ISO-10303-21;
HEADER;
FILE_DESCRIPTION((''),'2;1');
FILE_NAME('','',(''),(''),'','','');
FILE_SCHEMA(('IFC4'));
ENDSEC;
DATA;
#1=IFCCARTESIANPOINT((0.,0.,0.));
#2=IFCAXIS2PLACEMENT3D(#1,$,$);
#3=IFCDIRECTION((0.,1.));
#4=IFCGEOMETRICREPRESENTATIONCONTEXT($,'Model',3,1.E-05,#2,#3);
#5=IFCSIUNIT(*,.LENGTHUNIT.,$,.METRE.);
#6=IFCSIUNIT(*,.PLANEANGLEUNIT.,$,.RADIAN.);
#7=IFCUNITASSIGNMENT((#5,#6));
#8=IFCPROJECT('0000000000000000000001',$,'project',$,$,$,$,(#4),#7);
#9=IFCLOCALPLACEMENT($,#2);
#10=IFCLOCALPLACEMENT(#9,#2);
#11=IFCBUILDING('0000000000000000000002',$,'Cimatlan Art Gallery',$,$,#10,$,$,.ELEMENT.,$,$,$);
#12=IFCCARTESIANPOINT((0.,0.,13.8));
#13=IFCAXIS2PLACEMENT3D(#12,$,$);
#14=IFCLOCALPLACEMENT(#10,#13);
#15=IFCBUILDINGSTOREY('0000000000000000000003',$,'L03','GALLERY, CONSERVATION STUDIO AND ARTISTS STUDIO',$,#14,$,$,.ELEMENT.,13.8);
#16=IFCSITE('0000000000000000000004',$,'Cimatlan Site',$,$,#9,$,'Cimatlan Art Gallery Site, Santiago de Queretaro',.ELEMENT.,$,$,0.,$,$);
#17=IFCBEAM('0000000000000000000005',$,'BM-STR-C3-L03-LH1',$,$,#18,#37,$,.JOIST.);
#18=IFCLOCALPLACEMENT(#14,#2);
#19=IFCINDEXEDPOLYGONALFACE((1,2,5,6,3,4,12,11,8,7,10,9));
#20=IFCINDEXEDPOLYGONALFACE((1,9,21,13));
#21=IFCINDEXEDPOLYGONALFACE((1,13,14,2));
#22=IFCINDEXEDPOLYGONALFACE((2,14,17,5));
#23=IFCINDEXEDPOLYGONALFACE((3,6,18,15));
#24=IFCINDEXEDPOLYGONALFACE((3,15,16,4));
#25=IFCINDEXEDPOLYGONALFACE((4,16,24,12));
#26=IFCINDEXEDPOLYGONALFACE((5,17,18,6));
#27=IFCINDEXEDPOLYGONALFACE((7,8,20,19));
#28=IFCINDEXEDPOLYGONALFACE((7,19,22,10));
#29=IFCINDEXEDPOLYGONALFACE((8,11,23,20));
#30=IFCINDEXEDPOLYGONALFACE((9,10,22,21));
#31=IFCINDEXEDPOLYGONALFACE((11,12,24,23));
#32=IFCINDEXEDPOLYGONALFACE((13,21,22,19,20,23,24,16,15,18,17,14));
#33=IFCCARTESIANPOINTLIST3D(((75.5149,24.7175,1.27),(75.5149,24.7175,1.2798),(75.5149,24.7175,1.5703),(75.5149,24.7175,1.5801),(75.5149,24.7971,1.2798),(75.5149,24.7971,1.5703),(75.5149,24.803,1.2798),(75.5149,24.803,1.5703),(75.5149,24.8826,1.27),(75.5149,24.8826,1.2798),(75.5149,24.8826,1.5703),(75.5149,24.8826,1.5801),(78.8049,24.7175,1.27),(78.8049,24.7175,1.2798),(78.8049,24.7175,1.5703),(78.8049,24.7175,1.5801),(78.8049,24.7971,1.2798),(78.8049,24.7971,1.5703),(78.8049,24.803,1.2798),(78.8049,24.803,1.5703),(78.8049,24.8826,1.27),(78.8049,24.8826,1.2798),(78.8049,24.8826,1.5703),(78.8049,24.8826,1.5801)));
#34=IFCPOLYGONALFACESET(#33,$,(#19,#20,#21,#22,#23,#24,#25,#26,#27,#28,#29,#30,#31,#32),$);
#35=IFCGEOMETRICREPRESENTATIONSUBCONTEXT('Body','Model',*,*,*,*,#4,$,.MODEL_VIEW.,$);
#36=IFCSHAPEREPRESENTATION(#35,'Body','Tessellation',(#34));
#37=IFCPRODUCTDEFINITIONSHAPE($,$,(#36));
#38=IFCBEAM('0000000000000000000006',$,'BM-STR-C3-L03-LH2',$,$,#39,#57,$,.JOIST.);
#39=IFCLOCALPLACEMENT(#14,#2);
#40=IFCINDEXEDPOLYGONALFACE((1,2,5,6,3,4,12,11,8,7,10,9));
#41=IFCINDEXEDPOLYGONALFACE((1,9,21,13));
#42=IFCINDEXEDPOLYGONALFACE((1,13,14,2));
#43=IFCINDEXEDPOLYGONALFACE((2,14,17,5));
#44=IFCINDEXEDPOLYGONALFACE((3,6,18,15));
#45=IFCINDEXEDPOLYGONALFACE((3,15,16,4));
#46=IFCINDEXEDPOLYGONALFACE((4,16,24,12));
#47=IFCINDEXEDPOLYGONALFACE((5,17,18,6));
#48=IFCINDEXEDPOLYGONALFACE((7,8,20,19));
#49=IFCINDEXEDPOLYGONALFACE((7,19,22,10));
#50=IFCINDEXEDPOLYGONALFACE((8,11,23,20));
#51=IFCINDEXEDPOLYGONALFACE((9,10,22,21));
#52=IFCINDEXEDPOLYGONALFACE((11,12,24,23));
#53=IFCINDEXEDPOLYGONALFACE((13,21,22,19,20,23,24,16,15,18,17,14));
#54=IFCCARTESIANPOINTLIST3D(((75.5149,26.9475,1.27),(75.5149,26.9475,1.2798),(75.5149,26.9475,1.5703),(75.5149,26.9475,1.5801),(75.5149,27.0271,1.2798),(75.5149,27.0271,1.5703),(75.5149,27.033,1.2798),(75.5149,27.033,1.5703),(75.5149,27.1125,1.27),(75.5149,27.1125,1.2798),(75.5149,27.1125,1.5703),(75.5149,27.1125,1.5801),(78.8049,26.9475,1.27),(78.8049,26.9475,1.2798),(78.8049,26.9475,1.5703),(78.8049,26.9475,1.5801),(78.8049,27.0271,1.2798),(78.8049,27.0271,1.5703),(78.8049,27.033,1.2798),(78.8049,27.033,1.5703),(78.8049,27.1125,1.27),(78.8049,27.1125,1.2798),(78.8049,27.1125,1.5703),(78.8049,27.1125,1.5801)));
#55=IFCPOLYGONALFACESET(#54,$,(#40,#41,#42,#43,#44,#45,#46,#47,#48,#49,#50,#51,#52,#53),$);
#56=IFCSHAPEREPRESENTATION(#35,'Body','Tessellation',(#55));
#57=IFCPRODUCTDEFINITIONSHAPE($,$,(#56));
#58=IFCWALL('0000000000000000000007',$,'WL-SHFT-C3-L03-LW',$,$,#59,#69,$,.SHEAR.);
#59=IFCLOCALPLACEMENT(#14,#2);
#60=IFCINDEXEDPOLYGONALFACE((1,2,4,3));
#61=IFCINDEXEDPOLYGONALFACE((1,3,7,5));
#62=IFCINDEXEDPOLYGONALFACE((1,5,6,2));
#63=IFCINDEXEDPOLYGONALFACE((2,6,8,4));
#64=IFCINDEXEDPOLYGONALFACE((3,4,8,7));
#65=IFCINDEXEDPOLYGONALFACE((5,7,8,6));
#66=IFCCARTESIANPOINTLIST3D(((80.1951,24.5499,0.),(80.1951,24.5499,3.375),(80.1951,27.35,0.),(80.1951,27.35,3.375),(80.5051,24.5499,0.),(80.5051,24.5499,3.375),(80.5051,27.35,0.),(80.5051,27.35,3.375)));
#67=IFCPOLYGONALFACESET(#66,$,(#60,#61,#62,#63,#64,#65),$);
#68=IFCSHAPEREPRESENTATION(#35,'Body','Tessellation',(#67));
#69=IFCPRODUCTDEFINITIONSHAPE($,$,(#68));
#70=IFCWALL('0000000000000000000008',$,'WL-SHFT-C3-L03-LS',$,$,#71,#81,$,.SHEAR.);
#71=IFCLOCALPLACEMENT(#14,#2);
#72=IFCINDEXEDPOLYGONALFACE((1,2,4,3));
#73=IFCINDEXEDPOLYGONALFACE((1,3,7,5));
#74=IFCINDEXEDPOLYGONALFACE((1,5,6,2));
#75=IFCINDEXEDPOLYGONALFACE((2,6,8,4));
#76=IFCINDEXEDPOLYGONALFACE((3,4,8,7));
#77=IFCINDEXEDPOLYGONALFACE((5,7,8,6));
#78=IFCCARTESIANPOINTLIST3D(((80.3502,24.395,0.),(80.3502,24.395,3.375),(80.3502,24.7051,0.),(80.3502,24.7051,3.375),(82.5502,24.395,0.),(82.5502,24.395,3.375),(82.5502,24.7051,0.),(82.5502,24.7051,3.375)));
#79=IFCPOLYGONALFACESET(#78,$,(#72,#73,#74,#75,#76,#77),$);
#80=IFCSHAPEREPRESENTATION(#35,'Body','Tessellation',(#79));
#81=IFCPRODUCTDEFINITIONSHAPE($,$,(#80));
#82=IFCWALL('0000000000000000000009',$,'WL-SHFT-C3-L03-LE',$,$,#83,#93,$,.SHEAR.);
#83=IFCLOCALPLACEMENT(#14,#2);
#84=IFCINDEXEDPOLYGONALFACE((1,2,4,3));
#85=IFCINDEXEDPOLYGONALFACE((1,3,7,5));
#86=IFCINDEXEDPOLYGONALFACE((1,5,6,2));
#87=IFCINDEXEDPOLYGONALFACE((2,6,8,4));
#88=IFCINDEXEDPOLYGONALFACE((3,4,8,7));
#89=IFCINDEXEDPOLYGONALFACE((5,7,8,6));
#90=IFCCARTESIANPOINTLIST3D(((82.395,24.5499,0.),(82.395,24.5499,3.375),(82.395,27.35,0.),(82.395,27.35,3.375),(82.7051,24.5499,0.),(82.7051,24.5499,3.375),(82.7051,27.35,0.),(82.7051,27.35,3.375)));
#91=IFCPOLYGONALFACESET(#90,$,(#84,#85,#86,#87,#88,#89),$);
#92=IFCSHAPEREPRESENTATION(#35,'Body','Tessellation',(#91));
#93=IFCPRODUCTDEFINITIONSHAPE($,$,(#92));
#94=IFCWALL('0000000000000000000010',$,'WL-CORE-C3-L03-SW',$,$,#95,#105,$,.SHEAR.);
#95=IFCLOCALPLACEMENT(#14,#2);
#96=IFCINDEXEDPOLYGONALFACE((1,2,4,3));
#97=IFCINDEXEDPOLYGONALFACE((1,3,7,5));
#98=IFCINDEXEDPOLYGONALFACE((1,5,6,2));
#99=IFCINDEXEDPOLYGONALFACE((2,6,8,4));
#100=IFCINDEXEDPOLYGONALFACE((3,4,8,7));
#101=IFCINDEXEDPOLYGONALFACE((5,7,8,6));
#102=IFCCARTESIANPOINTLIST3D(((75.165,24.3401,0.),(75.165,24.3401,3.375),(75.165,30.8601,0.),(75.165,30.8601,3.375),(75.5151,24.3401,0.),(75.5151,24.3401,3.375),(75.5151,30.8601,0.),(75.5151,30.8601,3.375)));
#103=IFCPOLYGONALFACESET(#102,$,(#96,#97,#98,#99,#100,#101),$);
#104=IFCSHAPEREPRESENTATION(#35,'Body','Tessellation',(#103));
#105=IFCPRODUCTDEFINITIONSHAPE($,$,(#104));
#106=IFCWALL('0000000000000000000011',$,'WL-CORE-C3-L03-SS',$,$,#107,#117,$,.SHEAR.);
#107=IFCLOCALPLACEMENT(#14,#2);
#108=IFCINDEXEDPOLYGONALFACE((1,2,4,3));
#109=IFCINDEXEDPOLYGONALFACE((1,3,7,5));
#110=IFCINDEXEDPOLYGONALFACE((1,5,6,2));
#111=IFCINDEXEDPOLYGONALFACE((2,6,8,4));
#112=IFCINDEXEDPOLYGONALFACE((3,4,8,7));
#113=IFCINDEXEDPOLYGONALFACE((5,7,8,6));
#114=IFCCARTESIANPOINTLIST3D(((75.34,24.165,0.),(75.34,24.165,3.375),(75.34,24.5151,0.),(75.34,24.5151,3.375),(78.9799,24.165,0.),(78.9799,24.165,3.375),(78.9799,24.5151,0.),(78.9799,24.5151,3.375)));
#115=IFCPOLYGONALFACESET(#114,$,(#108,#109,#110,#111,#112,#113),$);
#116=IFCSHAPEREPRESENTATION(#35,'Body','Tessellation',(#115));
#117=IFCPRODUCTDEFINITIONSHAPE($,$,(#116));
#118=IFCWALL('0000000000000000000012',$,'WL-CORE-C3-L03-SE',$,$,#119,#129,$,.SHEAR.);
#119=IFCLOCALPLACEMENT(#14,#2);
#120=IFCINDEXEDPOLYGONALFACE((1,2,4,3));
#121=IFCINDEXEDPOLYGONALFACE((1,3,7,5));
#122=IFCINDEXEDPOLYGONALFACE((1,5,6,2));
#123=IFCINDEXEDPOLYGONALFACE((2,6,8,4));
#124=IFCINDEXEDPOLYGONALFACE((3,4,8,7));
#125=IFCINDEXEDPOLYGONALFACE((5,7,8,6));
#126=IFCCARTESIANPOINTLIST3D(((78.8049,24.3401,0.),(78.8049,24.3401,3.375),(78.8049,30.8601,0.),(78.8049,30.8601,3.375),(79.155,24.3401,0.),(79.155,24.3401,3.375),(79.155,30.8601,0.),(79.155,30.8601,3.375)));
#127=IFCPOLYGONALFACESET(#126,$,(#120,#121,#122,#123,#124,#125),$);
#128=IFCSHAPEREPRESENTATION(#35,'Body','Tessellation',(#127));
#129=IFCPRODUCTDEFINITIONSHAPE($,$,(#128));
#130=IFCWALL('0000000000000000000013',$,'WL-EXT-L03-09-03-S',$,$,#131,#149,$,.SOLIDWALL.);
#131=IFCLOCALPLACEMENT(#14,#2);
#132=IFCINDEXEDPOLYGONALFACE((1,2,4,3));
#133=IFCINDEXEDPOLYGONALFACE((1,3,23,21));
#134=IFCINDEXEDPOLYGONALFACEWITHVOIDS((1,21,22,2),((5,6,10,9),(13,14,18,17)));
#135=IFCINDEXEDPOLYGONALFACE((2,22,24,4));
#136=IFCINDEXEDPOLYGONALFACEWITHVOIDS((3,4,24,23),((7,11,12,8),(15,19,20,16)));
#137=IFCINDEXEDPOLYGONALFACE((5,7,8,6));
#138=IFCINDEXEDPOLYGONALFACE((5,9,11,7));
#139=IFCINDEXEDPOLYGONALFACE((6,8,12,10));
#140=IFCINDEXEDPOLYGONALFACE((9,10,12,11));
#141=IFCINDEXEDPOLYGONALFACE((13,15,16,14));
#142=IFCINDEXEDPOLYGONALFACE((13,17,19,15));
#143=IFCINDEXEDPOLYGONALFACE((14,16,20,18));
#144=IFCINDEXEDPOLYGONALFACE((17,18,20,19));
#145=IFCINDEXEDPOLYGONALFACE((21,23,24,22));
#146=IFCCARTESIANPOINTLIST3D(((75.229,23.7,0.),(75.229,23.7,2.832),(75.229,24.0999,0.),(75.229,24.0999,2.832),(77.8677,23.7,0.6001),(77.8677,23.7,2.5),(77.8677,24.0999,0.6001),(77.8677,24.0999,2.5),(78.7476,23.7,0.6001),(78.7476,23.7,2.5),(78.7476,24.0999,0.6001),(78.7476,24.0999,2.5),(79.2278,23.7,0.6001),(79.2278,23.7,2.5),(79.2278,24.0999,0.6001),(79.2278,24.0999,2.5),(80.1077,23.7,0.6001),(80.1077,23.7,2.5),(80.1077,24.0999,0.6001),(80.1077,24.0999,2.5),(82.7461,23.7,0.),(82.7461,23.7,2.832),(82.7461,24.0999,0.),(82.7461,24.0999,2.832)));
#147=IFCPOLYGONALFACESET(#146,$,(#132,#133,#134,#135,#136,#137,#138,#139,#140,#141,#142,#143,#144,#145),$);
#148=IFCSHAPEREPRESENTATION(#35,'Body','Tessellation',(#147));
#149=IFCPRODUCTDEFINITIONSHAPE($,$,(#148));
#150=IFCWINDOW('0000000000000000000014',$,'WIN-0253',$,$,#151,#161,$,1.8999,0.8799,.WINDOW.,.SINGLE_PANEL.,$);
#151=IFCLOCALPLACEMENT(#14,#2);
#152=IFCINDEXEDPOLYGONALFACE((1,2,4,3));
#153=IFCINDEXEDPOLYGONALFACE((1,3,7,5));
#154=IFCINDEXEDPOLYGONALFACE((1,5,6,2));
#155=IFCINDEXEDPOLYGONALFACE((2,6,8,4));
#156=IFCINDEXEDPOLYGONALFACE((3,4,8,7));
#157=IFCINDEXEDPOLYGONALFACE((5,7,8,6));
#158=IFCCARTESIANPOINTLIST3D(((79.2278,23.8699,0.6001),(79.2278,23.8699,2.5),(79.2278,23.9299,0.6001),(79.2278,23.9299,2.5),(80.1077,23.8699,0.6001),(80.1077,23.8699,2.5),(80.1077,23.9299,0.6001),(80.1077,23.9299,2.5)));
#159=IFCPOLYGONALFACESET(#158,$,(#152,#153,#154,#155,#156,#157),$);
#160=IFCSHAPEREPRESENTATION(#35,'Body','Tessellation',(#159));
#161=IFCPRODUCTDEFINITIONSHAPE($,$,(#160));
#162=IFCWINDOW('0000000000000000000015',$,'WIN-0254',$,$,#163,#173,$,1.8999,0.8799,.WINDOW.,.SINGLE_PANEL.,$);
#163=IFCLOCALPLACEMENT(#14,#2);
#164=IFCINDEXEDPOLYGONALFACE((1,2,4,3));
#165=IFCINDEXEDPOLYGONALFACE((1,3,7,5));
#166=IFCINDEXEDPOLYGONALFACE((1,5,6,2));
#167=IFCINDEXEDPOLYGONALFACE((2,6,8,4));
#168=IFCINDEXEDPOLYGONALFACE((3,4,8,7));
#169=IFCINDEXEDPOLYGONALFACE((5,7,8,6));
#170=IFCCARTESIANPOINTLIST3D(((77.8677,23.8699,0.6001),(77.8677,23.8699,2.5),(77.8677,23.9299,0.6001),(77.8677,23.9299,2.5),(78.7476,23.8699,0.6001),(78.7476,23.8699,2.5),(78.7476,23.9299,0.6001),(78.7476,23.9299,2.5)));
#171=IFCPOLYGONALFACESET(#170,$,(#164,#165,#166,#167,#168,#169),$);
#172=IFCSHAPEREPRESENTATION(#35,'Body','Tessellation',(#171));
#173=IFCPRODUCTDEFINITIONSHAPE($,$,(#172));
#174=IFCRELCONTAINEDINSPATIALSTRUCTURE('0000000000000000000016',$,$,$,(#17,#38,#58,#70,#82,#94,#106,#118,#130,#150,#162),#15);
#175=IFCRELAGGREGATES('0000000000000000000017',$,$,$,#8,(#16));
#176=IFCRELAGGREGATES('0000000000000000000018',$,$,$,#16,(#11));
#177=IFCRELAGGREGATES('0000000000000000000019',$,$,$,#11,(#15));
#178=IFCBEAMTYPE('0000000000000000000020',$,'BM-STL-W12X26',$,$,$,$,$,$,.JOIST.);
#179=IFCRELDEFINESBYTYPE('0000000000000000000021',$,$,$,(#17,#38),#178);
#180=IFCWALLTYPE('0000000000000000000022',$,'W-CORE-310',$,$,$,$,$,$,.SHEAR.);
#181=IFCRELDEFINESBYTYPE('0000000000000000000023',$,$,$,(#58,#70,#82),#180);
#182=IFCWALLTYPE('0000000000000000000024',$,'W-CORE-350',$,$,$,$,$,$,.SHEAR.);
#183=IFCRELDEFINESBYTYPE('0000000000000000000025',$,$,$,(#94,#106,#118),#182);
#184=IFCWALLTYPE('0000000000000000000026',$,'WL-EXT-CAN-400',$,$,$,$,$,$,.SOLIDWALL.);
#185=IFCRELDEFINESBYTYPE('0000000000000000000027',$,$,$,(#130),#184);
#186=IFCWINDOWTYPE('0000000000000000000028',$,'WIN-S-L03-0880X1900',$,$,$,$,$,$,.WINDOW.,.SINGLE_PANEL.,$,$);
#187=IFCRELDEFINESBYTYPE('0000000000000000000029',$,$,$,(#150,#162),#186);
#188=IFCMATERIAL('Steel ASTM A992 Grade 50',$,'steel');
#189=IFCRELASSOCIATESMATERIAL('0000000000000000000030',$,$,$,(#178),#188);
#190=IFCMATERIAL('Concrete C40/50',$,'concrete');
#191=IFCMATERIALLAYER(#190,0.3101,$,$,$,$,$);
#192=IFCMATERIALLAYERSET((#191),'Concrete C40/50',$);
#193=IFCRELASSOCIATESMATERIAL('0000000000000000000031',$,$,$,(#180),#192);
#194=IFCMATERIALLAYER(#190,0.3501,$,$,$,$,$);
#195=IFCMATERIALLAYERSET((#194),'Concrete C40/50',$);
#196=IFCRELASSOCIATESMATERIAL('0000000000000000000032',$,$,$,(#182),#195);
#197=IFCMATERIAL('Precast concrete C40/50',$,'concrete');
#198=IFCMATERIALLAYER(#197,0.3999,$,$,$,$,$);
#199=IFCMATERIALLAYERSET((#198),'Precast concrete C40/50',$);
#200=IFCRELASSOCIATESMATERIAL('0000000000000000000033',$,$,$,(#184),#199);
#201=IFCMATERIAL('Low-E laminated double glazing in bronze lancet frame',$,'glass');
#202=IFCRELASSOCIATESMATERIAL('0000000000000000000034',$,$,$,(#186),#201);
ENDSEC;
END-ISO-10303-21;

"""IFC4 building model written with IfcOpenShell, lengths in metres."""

from ifc_helpers import new_model, si_unit, direction, frame, frame_2d, origin, origin_2d, place, context, subcontext, project, spatial, rectangle, i_section, extrude, material, layer, layer_set, material_profile, profile_set, type_object, element, fill, save


model = new_model("IFC4")

# Units and contexts
model_context = context("Model", 3, precision=1e-05, world=origin(), true_north=direction((0.0, 1.0)))
body_context = subcontext(model_context, "Body", "Model", "MODEL_VIEW")
ifc_project = project(units=[si_unit("LENGTHUNIT", "METRE"), si_unit("PLANEANGLEUNIT", "RADIAN")], contexts=[model_context])

# Site, building, storey
site_placement = place(None, origin())
site = spatial("IfcSite", under=ifc_project, at=site_placement, Name="Cimatlan Site", LongName="Cimatlan Art Gallery Site, Santiago de Queretaro", CompositionType="ELEMENT", RefElevation=0.0)
building_placement = place(site_placement, origin())
building = spatial("IfcBuilding", under=site, at=building_placement, Name="Cimatlan Art Gallery", CompositionType="ELEMENT")
storey_placement = place(building_placement, frame((0.0, 0.0, 13.8)))
storey = spatial("IfcBuildingStorey", under=building, at=storey_placement, Name="L03", Description="GALLERY, CONSERVATION STUDIO AND ARTISTS STUDIO", CompositionType="ELEMENT", Elevation=13.8)

# Beams
ifc_material_1 = material(Name="Steel ASTM A992 Grade 50", Category="steel")
ifc_material_profile = material_profile(ifc_material_1, i_section(OverallWidth=0.165, OverallDepth=0.3101, WebThickness=0.0059, FlangeThickness=0.0098, at=origin_2d()), Name="W12X26")
ifc_profile_set = profile_set([ifc_material_profile], Name="Steel ASTM A992 Grade 50")
beam_type = type_object("IfcBeamType", Name="BM-STL-W12X26", PredefinedType="JOIST", material=ifc_profile_set)
for number, where, z_axis, x_axis, name in (
    (1, (75.5149, 24.8, 1.425), (1.0, 0.0, 0.0), (0.0, 1.0, 0.0), "BM-STR-C3-L03-LH1"),
    (2, (75.5149, 27.03, 1.425), (1.0, 0.0, 0.0), (0.0, 1.0, 0.0), "BM-STR-C3-L03-LH2"),
):
    element("IfcBeam", number, at=place(storey_placement, frame(where, z_axis=z_axis, x_axis=x_axis)), inside=storey, type_object=beam_type, Name=name, PredefinedType="JOIST", context=body_context, shape_type="SweptSolid", body=[
        extrude(i_section(OverallWidth=0.165, OverallDepth=0.3101, WebThickness=0.0059, FlangeThickness=0.0098, at=origin_2d()), origin(), (0.0, 0.0, 1.0), 3.29),
    ])

# Walls
ifc_material_2 = material(Name="Concrete C40/50", Category="concrete")
ifc_layer_1 = layer(ifc_material_2, 0.3101)
ifc_layer_set_1 = layer_set([ifc_layer_1], Name="Concrete C40/50")
wall_type_1 = type_object("IfcWallType", Name="W-CORE-310", PredefinedType="SHEAR", material=ifc_layer_set_1)
wall_1_placement = place(storey_placement, frame((80.3501, 24.55, 0.0), z_axis=(0.0, 0.0, 1.0), x_axis=(0.0, 1.0, 0.0)))
element("IfcWall", 3, at=wall_1_placement, inside=storey, type_object=wall_type_1, Name="WL-SHFT-C3-L03-LW", PredefinedType="SHEAR", context=body_context, shape_type="SweptSolid", body=[
    extrude(rectangle(XDim=2.8, YDim=0.3101, at=frame_2d((1.3999, 0.0))), origin(), (0.0, 0.0, 1.0), 3.375),
])
wall_2_placement = place(storey_placement, frame((80.3501, 24.55, 0.0), z_axis=(0.0, 0.0, 1.0), x_axis=(1.0, 0.0, 0.0)))
element("IfcWall", 4, at=wall_2_placement, inside=storey, type_object=wall_type_1, Name="WL-SHFT-C3-L03-LS", PredefinedType="SHEAR", context=body_context, shape_type="SweptSolid", body=[
    extrude(rectangle(XDim=2.2, YDim=0.3101, at=frame_2d((1.1001, 0.0))), origin(), (0.0, 0.0, 1.0), 3.375),
])
wall_3_placement = place(storey_placement, frame((82.55, 24.55, 0.0), z_axis=(0.0, 0.0, 1.0), x_axis=(0.0, 1.0, 0.0)))
element("IfcWall", 5, at=wall_3_placement, inside=storey, type_object=wall_type_1, Name="WL-SHFT-C3-L03-LE", PredefinedType="SHEAR", context=body_context, shape_type="SweptSolid", body=[
    extrude(rectangle(XDim=2.8, YDim=0.3101, at=frame_2d((1.3999, 0.0))), origin(), (0.0, 0.0, 1.0), 3.375),
])

# Walls
ifc_layer_2 = layer(ifc_material_2, 0.3501)
ifc_layer_set_2 = layer_set([ifc_layer_2], Name="Concrete C40/50")
wall_type_2 = type_object("IfcWallType", Name="W-CORE-350", PredefinedType="SHEAR", material=ifc_layer_set_2)
wall_4_placement = place(storey_placement, frame((75.3401, 24.3401, 0.0), z_axis=(0.0, 0.0, 1.0), x_axis=(0.0, 1.0, 0.0)))
element("IfcWall", 6, at=wall_4_placement, inside=storey, type_object=wall_type_2, Name="WL-CORE-C3-L03-SW", PredefinedType="SHEAR", context=body_context, shape_type="SweptSolid", body=[
    extrude(rectangle(XDim=6.52, YDim=0.3501, at=frame_2d((3.26, 0.0))), origin(), (0.0, 0.0, 1.0), 3.375),
])
wall_5_placement = place(storey_placement, frame((75.3401, 24.3401, 0.0), z_axis=(0.0, 0.0, 1.0), x_axis=(1.0, 0.0, 0.0)))
element("IfcWall", 7, at=wall_5_placement, inside=storey, type_object=wall_type_2, Name="WL-CORE-C3-L03-SS", PredefinedType="SHEAR", context=body_context, shape_type="SweptSolid", body=[
    extrude(rectangle(XDim=3.6399, YDim=0.3501, at=frame_2d((1.8198, 0.0))), origin(), (0.0, 0.0, 1.0), 3.375),
])
wall_6_placement = place(storey_placement, frame((78.98, 24.3401, 0.0), z_axis=(0.0, 0.0, 1.0), x_axis=(0.0, 1.0, 0.0)))
element("IfcWall", 8, at=wall_6_placement, inside=storey, type_object=wall_type_2, Name="WL-CORE-C3-L03-SE", PredefinedType="SHEAR", context=body_context, shape_type="SweptSolid", body=[
    extrude(rectangle(XDim=6.52, YDim=0.3501, at=frame_2d((3.26, 0.0))), origin(), (0.0, 0.0, 1.0), 3.375),
])

# Wall, openings, windows
ifc_material_3 = material(Name="Precast concrete C40/50", Category="concrete")
ifc_layer_3 = layer(ifc_material_3, 0.3999)
ifc_layer_set_3 = layer_set([ifc_layer_3], Name="Precast concrete C40/50")
wall_type_3 = type_object("IfcWallType", Name="WL-EXT-CAN-400", PredefinedType="SOLIDWALL", material=ifc_layer_set_3)
wall_7_placement = place(storey_placement, frame((82.7461, 23.8999, 0.0), z_axis=(0.0, 0.0, 1.0), x_axis=(-1.0, 0.0, 0.0)))
wall_7 = element("IfcWall", 9, at=wall_7_placement, inside=storey, type_object=wall_type_3, Name="WL-EXT-L03-09-03-S", PredefinedType="SOLIDWALL", context=body_context, shape_type="SweptSolid", body=[
    extrude(rectangle(XDim=7.5171, YDim=0.3999, at=frame_2d((3.7585, 0.0))), origin(), (0.0, 0.0, 1.0), 2.832),
])
opening_1_placement = place(wall_7_placement, frame((2.6384, 0.0, 0.6001)))
opening_1 = element("IfcOpeningElement", 10, at=opening_1_placement, cuts=wall_7, PredefinedType="OPENING", context=body_context, shape_type="SweptSolid", body=[
    extrude(rectangle(XDim=0.8799, YDim=1.8999, at=frame_2d((0.4399, 0.95))), frame((0.0, 0.21, 0.0), z_axis=(0.0, -1.0, 0.0), x_axis=(1.0, 0.0, 0.0)), (0.0, 0.0, 1.0), 0.4199),
])
opening_2_placement = place(wall_7_placement, frame((3.9985, 0.0, 0.6001)))
opening_2 = element("IfcOpeningElement", 11, at=opening_2_placement, cuts=wall_7, PredefinedType="OPENING", context=body_context, shape_type="SweptSolid", body=[
    extrude(rectangle(XDim=0.8799, YDim=1.8999, at=frame_2d((0.4399, 0.95))), frame((0.0, 0.21, 0.0), z_axis=(0.0, -1.0, 0.0), x_axis=(1.0, 0.0, 0.0)), (0.0, 0.0, 1.0), 0.4199),
])
ifc_material_4 = material(Name="Low-E laminated double glazing in bronze lancet frame", Category="glass")
window_type = type_object("IfcWindowType", Name="WIN-S-L03-0880X1900", PartitioningType="SINGLE_PANEL", PredefinedType="WINDOW", material=ifc_material_4)
window_1_placement = place(opening_1_placement, origin())
window_1 = element("IfcWindow", 12, at=window_1_placement, inside=storey, type_object=window_type, Name="WIN-0253", OverallHeight=1.8999, OverallWidth=0.8799, PartitioningType="SINGLE_PANEL", PredefinedType="WINDOW", context=body_context, shape_type="SweptSolid", body=[
    extrude(rectangle(XDim=0.8799, YDim=1.8999, at=frame_2d((0.4399, 0.95))), frame((0.0, 0.03, 0.0), z_axis=(0.0, -1.0, 0.0), x_axis=(1.0, 0.0, 0.0)), (0.0, 0.0, 1.0), 0.0601),
])
fill(opening_1, window_1)
window_2_placement = place(opening_2_placement, origin())
window_2 = element("IfcWindow", 13, at=window_2_placement, inside=storey, type_object=window_type, Name="WIN-0254", OverallHeight=1.8999, OverallWidth=0.8799, PartitioningType="SINGLE_PANEL", PredefinedType="WINDOW", context=body_context, shape_type="SweptSolid", body=[
    extrude(rectangle(XDim=0.8799, YDim=1.8999, at=frame_2d((0.4399, 0.95))), frame((0.0, 0.03, 0.0), z_axis=(0.0, -1.0, 0.0), x_axis=(1.0, 0.0, 0.0)), (0.0, 0.0, 1.0), 0.0601),
])
fill(opening_2, window_2)

save(model, "model.ifc")
